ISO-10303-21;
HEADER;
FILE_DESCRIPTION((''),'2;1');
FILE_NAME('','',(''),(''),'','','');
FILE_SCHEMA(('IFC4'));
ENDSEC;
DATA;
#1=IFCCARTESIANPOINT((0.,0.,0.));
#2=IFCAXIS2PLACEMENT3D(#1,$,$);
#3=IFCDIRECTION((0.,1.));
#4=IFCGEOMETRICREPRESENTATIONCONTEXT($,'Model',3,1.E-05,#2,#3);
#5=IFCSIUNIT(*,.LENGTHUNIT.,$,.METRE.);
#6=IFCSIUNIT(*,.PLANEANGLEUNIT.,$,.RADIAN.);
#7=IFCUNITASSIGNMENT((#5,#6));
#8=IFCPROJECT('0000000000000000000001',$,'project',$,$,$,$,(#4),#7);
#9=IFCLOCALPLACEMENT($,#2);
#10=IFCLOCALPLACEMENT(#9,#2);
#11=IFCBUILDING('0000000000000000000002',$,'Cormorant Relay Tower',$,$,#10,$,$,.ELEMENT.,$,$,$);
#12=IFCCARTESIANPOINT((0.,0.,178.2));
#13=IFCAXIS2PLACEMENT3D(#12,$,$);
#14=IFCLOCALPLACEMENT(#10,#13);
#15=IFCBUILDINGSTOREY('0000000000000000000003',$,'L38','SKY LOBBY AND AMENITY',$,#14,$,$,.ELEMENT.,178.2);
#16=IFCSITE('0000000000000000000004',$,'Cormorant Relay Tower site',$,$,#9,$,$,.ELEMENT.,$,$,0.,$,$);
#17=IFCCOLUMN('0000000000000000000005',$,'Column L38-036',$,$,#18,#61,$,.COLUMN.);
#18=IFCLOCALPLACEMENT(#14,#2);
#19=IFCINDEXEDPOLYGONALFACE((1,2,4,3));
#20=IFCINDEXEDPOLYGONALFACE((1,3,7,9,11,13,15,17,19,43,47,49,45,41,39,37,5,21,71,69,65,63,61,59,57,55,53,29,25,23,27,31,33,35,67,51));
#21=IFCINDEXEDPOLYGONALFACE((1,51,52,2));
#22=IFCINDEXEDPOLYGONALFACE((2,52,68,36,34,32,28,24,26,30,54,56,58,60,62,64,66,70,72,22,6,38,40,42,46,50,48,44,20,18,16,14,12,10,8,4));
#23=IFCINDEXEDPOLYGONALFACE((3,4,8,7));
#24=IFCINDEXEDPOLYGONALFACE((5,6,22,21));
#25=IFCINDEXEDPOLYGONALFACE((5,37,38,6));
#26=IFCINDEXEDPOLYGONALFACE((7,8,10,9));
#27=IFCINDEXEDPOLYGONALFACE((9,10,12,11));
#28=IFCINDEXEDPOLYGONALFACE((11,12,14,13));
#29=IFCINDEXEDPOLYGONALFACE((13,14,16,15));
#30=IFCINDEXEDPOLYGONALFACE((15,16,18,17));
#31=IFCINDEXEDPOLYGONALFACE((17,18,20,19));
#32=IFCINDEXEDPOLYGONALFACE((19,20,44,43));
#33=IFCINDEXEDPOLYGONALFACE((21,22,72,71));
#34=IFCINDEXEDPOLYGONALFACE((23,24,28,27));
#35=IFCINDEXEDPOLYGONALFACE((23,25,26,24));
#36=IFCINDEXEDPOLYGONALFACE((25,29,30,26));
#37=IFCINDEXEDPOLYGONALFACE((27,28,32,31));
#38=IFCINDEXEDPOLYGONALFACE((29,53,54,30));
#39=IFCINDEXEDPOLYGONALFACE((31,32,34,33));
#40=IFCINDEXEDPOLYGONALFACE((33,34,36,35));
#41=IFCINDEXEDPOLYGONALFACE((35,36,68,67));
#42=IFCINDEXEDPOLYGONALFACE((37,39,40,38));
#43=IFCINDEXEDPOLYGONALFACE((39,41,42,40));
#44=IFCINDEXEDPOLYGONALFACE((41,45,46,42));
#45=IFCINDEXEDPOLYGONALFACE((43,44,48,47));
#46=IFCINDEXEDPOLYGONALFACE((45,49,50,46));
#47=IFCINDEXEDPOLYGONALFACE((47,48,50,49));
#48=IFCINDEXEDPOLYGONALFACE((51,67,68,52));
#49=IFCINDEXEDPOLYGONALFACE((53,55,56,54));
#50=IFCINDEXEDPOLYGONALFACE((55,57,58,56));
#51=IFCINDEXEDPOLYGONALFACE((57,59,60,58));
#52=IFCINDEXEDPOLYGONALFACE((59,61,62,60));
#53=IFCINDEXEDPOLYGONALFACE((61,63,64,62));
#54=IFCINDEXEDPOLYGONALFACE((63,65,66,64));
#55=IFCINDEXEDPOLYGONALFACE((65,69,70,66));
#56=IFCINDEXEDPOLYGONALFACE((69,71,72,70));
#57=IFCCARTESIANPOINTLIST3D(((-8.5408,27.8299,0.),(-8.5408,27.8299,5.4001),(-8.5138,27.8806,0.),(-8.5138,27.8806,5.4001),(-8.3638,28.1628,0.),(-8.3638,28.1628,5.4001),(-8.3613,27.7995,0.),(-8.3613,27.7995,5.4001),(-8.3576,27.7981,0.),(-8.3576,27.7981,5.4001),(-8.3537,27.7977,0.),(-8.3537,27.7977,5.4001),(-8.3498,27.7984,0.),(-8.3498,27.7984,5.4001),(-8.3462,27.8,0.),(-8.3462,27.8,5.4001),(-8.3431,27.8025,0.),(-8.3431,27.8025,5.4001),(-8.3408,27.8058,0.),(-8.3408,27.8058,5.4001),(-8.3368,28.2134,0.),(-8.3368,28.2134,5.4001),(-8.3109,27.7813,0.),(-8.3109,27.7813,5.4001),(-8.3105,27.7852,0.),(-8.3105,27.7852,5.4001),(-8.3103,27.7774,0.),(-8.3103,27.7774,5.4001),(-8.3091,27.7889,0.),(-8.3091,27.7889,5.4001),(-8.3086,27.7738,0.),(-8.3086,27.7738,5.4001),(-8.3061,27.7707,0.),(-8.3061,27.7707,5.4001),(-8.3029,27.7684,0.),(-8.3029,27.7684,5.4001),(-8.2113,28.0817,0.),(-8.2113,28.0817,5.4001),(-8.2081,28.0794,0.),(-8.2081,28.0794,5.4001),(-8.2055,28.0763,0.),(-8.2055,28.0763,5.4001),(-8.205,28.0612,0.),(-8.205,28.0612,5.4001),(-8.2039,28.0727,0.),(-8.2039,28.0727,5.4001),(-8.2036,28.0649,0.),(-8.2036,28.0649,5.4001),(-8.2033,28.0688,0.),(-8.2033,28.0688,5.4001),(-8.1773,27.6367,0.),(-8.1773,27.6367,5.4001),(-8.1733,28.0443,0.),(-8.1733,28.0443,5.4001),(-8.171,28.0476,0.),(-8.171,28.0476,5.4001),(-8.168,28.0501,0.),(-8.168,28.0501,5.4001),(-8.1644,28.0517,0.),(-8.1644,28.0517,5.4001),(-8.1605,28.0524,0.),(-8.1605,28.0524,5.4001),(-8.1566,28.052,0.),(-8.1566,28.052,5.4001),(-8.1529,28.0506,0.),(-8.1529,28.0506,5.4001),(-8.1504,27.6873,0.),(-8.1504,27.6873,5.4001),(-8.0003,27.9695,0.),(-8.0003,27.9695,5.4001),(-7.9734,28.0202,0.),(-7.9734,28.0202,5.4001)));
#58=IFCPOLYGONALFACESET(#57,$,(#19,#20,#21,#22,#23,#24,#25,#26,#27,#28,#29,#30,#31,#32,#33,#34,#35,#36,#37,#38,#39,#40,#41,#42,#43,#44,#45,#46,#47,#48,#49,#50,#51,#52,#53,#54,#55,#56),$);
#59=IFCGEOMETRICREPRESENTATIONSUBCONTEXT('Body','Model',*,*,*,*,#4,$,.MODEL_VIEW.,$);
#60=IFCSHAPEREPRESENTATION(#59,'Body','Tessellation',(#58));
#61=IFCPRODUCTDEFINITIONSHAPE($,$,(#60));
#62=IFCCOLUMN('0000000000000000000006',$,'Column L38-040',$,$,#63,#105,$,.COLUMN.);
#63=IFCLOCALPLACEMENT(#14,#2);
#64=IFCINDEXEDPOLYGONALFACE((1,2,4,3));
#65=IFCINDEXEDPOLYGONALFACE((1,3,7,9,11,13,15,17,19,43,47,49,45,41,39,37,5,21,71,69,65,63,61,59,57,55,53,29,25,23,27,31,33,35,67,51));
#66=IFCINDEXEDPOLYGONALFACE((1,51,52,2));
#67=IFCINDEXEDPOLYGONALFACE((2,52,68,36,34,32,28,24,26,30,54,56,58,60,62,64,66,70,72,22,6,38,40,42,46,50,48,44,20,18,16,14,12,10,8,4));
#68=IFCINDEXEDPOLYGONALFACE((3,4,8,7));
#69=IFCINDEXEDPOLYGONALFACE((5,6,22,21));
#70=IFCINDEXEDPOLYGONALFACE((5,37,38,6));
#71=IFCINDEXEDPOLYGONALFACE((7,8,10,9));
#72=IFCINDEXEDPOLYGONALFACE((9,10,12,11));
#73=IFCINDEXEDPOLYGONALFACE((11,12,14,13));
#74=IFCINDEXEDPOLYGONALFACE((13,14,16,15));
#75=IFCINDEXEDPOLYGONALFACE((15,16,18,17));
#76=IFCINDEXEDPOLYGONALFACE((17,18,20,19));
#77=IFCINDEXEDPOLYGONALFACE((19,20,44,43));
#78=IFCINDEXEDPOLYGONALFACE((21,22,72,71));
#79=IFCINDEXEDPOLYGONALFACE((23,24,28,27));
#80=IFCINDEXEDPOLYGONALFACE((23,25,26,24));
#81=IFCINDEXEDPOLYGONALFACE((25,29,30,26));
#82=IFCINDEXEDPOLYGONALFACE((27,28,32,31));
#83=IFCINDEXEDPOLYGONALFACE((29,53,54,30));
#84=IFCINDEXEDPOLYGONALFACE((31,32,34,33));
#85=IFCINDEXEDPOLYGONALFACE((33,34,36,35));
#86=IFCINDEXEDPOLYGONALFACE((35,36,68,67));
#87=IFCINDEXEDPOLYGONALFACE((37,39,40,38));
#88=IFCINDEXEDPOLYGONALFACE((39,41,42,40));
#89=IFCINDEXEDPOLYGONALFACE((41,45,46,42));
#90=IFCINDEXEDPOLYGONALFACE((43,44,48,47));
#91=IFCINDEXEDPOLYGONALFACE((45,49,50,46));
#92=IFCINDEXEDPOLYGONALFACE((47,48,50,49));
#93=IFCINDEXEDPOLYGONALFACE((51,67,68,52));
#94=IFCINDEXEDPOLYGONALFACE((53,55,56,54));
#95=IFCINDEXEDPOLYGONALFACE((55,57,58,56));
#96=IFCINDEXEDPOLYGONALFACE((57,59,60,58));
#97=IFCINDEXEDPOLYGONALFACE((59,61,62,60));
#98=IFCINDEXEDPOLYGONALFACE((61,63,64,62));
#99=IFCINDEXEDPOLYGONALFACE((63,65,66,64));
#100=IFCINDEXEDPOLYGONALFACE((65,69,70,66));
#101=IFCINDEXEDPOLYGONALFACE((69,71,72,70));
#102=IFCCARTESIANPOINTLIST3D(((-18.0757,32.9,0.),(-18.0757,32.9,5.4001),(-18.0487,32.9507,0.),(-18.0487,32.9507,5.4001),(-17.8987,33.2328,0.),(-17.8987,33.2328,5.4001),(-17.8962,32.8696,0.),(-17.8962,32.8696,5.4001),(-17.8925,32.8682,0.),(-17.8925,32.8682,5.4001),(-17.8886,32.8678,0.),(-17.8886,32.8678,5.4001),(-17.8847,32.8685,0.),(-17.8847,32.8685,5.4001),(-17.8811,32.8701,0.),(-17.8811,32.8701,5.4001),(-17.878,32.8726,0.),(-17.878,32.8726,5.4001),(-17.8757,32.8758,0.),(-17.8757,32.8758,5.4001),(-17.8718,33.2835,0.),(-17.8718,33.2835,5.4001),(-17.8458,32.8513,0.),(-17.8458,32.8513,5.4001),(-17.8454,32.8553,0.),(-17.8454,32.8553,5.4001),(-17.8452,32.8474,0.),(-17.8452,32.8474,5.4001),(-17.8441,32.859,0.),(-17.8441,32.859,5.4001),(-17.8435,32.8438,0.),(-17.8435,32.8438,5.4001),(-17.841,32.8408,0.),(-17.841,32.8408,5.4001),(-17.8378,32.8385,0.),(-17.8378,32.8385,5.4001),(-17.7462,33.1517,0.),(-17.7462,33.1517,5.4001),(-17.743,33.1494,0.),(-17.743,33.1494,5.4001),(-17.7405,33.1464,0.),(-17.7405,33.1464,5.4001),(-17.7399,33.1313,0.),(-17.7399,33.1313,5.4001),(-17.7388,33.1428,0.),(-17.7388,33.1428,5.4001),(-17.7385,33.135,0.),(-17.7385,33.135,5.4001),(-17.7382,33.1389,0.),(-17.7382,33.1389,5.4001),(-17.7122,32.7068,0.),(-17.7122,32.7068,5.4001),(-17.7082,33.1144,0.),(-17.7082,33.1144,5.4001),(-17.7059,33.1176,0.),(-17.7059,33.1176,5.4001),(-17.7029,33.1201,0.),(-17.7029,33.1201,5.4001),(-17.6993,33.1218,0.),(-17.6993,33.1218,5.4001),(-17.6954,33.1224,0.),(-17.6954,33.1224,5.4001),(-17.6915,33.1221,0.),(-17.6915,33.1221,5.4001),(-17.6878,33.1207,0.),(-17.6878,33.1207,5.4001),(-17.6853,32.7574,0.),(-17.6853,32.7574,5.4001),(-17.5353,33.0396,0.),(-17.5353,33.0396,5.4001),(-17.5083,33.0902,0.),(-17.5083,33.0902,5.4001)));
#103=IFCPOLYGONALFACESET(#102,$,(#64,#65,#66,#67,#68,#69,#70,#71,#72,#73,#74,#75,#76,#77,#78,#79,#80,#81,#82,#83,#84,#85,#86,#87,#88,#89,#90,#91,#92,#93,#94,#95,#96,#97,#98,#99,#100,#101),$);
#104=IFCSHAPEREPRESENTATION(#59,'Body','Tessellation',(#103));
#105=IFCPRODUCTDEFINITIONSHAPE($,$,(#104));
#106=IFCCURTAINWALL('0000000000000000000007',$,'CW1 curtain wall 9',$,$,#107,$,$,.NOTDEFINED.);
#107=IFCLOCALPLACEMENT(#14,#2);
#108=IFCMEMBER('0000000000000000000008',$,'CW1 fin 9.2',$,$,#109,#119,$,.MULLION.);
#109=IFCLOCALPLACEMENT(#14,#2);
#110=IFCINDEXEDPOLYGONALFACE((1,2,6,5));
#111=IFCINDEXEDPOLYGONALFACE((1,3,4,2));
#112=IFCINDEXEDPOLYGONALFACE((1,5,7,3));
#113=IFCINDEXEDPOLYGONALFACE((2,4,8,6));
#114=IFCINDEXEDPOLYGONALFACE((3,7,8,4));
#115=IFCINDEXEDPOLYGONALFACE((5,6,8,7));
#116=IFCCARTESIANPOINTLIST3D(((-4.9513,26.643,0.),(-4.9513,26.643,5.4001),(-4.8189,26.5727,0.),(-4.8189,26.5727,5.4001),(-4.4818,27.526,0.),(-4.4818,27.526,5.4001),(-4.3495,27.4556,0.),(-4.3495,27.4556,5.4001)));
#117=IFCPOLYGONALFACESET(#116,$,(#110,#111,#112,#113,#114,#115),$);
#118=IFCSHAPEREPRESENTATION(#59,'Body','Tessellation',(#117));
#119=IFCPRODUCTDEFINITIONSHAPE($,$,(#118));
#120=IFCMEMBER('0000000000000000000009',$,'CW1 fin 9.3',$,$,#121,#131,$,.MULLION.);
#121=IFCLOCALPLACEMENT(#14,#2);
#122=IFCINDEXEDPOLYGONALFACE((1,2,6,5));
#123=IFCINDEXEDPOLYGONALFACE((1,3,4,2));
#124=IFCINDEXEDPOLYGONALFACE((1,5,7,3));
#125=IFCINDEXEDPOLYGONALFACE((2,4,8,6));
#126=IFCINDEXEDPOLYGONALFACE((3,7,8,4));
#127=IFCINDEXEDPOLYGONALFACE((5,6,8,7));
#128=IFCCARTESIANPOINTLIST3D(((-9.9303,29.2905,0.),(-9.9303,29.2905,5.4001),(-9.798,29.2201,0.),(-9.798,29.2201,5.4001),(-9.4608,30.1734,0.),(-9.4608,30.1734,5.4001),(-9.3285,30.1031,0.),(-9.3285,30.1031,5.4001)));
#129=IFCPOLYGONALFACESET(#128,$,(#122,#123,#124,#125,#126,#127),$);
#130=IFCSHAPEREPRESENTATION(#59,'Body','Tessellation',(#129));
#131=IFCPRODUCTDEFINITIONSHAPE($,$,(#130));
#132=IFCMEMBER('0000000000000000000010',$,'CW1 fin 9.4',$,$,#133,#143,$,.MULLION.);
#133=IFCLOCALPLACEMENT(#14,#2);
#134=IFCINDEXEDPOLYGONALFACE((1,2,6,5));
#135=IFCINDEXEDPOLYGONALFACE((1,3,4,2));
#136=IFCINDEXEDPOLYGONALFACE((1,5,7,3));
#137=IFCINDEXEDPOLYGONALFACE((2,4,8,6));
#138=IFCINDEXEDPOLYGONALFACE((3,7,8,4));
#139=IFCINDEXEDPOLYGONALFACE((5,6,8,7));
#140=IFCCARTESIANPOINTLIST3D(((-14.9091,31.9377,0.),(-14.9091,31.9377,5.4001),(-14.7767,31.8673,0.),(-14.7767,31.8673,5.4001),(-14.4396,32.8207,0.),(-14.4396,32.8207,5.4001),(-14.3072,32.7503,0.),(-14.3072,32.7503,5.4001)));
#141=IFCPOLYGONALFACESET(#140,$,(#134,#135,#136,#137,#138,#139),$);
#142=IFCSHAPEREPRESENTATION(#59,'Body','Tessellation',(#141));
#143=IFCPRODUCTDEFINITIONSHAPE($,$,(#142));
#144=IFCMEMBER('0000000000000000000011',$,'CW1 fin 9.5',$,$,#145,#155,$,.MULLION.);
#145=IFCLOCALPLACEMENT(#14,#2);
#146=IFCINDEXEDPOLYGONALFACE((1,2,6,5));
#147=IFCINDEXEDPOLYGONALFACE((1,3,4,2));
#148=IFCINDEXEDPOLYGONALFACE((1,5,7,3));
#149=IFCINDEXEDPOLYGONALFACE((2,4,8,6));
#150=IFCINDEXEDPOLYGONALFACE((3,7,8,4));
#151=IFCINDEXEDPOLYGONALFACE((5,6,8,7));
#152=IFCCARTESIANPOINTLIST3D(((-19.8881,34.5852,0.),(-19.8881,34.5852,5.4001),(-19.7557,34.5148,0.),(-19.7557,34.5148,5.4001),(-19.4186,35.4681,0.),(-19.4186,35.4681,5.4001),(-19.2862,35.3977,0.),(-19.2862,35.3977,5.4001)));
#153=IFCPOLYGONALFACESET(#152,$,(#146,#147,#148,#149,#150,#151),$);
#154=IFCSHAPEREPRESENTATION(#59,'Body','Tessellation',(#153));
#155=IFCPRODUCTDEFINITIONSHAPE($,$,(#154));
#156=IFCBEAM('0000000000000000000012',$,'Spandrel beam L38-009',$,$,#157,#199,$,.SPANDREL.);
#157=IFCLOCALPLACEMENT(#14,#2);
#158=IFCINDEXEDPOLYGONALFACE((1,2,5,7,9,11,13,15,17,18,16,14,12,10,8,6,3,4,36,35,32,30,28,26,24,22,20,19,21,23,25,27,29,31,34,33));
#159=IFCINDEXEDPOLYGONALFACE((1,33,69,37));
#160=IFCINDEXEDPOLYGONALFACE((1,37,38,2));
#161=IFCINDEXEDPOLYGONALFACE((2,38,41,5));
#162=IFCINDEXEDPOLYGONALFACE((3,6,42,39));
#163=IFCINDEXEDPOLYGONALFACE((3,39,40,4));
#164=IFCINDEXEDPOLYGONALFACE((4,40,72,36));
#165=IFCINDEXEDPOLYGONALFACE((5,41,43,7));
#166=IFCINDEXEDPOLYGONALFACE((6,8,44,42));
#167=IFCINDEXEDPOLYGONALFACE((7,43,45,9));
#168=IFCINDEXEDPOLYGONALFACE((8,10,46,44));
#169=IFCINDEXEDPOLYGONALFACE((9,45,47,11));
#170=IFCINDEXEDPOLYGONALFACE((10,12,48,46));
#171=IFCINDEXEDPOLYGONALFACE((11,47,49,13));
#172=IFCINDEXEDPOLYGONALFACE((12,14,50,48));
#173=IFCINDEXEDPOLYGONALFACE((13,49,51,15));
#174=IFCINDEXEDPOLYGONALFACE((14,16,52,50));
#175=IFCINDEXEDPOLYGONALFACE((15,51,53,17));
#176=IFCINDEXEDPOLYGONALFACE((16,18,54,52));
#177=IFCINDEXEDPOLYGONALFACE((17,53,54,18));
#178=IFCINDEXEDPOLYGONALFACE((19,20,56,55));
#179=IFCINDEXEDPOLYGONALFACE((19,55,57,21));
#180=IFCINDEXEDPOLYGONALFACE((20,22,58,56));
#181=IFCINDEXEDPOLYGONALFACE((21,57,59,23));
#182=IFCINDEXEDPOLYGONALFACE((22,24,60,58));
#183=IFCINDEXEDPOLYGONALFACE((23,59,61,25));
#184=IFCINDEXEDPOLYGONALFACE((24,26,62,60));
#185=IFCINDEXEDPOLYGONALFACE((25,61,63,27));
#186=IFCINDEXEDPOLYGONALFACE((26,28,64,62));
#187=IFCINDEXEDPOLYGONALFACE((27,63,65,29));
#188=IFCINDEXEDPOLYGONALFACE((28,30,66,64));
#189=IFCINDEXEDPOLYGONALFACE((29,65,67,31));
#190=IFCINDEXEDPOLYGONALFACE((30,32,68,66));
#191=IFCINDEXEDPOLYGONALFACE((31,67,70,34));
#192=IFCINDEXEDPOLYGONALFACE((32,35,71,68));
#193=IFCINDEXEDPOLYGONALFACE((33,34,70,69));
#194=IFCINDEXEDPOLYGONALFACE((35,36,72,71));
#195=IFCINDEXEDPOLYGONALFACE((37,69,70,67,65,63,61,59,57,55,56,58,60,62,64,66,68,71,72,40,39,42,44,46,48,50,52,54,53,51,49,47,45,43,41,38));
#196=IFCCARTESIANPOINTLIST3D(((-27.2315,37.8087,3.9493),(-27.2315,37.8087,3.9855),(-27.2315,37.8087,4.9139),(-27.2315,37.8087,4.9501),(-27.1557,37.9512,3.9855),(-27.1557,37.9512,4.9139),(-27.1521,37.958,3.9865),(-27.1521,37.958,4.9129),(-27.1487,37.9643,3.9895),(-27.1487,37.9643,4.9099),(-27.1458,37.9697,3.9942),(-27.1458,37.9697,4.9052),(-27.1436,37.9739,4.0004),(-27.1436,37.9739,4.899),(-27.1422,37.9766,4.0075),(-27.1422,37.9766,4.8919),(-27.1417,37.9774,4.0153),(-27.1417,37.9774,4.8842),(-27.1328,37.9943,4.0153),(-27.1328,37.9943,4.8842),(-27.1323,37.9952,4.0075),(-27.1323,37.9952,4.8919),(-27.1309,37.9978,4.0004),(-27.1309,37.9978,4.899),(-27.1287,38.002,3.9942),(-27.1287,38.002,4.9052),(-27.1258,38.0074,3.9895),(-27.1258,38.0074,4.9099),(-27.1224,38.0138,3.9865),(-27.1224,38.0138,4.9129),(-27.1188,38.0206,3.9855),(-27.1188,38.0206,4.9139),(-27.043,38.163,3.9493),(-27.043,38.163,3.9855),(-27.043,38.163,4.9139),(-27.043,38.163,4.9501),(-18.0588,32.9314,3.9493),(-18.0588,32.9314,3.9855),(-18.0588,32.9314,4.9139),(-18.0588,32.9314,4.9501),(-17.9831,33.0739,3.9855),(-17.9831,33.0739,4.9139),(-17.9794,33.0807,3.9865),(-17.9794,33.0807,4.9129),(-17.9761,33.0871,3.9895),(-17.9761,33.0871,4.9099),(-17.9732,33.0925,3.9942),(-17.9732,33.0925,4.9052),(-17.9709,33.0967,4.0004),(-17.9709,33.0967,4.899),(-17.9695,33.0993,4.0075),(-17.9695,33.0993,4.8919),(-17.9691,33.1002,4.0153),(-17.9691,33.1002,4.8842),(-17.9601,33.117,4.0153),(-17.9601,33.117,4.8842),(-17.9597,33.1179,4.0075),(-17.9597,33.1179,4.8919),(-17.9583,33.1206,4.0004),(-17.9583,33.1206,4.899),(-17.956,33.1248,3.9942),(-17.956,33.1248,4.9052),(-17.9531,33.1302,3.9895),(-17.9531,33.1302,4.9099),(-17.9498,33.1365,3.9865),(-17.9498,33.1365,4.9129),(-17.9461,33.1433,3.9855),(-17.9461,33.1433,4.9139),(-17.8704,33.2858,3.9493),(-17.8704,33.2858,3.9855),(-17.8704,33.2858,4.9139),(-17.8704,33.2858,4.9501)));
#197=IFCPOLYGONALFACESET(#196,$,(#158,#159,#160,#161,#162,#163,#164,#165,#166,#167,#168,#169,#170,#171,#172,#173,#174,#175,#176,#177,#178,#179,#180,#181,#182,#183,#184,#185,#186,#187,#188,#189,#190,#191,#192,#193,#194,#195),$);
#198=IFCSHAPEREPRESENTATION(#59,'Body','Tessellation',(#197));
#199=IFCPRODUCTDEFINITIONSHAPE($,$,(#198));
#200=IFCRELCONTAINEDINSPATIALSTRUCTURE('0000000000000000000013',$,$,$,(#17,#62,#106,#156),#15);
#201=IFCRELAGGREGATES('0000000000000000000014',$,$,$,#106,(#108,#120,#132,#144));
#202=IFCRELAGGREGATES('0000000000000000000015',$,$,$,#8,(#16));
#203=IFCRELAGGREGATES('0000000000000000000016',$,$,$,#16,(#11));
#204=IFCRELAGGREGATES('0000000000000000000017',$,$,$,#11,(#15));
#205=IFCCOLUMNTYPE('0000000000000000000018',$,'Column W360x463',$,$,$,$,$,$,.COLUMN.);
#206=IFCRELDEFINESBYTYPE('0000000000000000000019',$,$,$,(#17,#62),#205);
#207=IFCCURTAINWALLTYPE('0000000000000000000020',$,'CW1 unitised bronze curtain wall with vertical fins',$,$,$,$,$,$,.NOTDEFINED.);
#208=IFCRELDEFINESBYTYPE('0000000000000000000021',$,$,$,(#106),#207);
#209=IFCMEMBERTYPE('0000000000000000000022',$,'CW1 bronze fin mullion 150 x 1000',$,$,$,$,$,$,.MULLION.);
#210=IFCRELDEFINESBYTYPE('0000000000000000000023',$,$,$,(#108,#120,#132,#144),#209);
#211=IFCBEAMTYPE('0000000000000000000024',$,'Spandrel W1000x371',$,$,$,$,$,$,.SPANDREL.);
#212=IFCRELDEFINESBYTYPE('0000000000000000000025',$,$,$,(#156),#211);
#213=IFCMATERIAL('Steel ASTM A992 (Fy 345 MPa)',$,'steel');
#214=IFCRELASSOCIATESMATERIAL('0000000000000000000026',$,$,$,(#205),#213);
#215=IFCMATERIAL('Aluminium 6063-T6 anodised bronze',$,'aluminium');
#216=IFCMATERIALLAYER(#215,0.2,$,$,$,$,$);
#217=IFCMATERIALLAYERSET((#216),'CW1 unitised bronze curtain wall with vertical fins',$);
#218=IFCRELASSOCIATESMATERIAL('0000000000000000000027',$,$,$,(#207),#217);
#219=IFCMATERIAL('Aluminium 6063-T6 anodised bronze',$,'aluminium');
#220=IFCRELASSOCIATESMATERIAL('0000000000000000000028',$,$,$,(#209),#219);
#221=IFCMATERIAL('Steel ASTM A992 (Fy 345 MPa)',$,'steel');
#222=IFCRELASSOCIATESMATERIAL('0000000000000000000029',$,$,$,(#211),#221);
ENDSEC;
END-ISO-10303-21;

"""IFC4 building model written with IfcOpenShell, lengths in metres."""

from ifc_helpers import new_model, si_unit, direction, frame, origin, origin_2d, place, context, subcontext, project, spatial, rectangle, i_section, extrude, material, layer, layer_set, material_profile, profile_set, type_object, element, aggregate, save


model = new_model("IFC4")

# Units and contexts
model_context = context("Model", 3, precision=1e-05, world=origin(), true_north=direction((0.0, 1.0)))
body_context = subcontext(model_context, "Body", "Model", "MODEL_VIEW")
ifc_project = project(units=[si_unit("LENGTHUNIT", "METRE"), si_unit("PLANEANGLEUNIT", "RADIAN")], contexts=[model_context])

# Site, building, storey
site_placement = place(None, origin())
site = spatial("IfcSite", under=ifc_project, at=site_placement, Name="Cormorant Relay Tower site", CompositionType="ELEMENT", RefElevation=0.0)
building_placement = place(site_placement, origin())
building = spatial("IfcBuilding", under=site, at=building_placement, Name="Cormorant Relay Tower", CompositionType="ELEMENT")
storey_placement = place(building_placement, frame((0.0, 0.0, 178.2)))
storey = spatial("IfcBuildingStorey", under=building, at=storey_placement, Name="L38", Description="SKY LOBBY AND AMENITY", CompositionType="ELEMENT", Elevation=178.2)

# Columns
ifc_material_1 = material(Name="Steel ASTM A992 (Fy 345 MPa)", Category="steel")
ifc_material_profile_1 = material_profile(ifc_material_1, i_section(OverallWidth=0.4116, OverallDepth=0.4343, WebThickness=0.0359, FlangeThickness=0.0574, FilletRadius=0.0151, at=origin_2d()), Name="W360x463")
ifc_profile_set_1 = profile_set([ifc_material_profile_1], Name="Steel ASTM A992 (Fy 345 MPa)")
column_type = type_object("IfcColumnType", Name="Column W360x463", PredefinedType="COLUMN", material=ifc_profile_set_1)
for number, where, z_axis, x_axis, name in (
    (1, (-8.2571, 27.925, 0.0), (0.0, 0.0, 1.0), (-0.882948, 0.469472, 0.0), "Column L38-036"),
    (2, (-17.792, 32.9951, 0.0), (0.0, 0.0, 1.0), (-0.882948, 0.469472, 0.0), "Column L38-040"),
):
    element("IfcColumn", number, at=place(storey_placement, frame(where, z_axis=z_axis, x_axis=x_axis)), inside=storey, type_object=column_type, Name=name, PredefinedType="COLUMN", context=body_context, shape_type="SweptSolid", body=[
        extrude(i_section(OverallWidth=0.4116, OverallDepth=0.4343, WebThickness=0.0359, FlangeThickness=0.0574, FilletRadius=0.0151, at=origin_2d()), origin(), (0.0, 0.0, 1.0), 5.4001),
    ])

# Curtain wall, members
ifc_material_2 = material(Name="Aluminium 6063-T6 anodised bronze", Category="aluminium")
ifc_layer_1 = layer(ifc_material_2, 0.2)
ifc_layer_set_1 = layer_set([ifc_layer_1], Name="CW1 unitised bronze curtain wall with vertical fins")
curtain_wall_type = type_object("IfcCurtainWallType", Name="CW1 unitised bronze curtain wall with vertical fins", PredefinedType="NOTDEFINED", material=ifc_layer_set_1)
curtain_wall_placement = place(storey_placement, origin())
curtain_wall = element("IfcCurtainWall", 3, at=curtain_wall_placement, inside=storey, type_object=curtain_wall_type, Name="CW1 curtain wall 9", PredefinedType="NOTDEFINED")
ifc_material_3 = material(Name="Aluminium 6063-T6 anodised bronze", Category="aluminium")
ifc_material_profile_2 = material_profile(ifc_material_3, rectangle(XDim=0.1499, YDim=1.0, at=origin_2d()), Name="AL 150x1000")
ifc_profile_set_2 = profile_set([ifc_material_profile_2], Name="Aluminium 6063-T6 anodised bronze")
member_type = type_object("IfcMemberType", Name="CW1 bronze fin mullion 150 x 1000", PredefinedType="MULLION", material=ifc_profile_set_2)
member_1_placement = place(storey_placement, frame((-4.6504, 27.0493, 0.0), z_axis=(0.0, 0.0, 1.0), x_axis=(-0.882948, 0.469472, 0.0)))
member_1 = element("IfcMember", 4, at=member_1_placement, type_object=member_type, Name="CW1 fin 9.2", PredefinedType="MULLION", context=body_context, shape_type="SweptSolid", body=[
    extrude(rectangle(XDim=0.1499, YDim=1.0, at=origin_2d()), origin(), (0.0, 0.0, 1.0), 5.4001),
])
member_2_placement = place(storey_placement, frame((-9.6294, 29.6968, 0.0), z_axis=(0.0, 0.0, 1.0), x_axis=(-0.882948, 0.469472, 0.0)))
member_2 = element("IfcMember", 5, at=member_2_placement, type_object=member_type, Name="CW1 fin 9.3", PredefinedType="MULLION", context=body_context, shape_type="SweptSolid", body=[
    extrude(rectangle(XDim=0.1499, YDim=1.0, at=origin_2d()), origin(), (0.0, 0.0, 1.0), 5.4001),
])
member_3_placement = place(storey_placement, frame((-14.6082, 32.344, 0.0), z_axis=(0.0, 0.0, 1.0), x_axis=(-0.882948, 0.469472, 0.0)))
member_3 = element("IfcMember", 6, at=member_3_placement, type_object=member_type, Name="CW1 fin 9.4", PredefinedType="MULLION", context=body_context, shape_type="SweptSolid", body=[
    extrude(rectangle(XDim=0.1499, YDim=1.0, at=origin_2d()), origin(), (0.0, 0.0, 1.0), 5.4001),
])
member_4_placement = place(storey_placement, frame((-19.5872, 34.9915, 0.0), z_axis=(0.0, 0.0, 1.0), x_axis=(-0.882948, 0.469472, 0.0)))
member_4 = element("IfcMember", 7, at=member_4_placement, type_object=member_type, Name="CW1 fin 9.5", PredefinedType="MULLION", context=body_context, shape_type="SweptSolid", body=[
    extrude(rectangle(XDim=0.1499, YDim=1.0, at=origin_2d()), origin(), (0.0, 0.0, 1.0), 5.4001),
])

# Beam
ifc_material_4 = material(Name="Steel ASTM A992 (Fy 345 MPa)", Category="steel")
ifc_material_profile_3 = material_profile(ifc_material_4, i_section(OverallWidth=0.4014, OverallDepth=1.0007, WebThickness=0.019, FlangeThickness=0.0361, FilletRadius=0.0298, at=origin_2d()), Name="W1000x371")
ifc_profile_set_3 = profile_set([ifc_material_profile_3], Name="Steel ASTM A992 (Fy 345 MPa)")
beam_type_1 = type_object("IfcBeamType", Name="Spandrel W1000x371", PredefinedType="SPANDREL", material=ifc_profile_set_3)
beam_1_placement = place(storey_placement, frame((-17.9646, 33.1086, 4.4497), z_axis=(-0.882946, 0.469474, 0.0), x_axis=(-0.469474, -0.882946, 0.0)))
element("IfcBeam", 8, at=beam_1_placement, inside=storey, type_object=beam_type_1, Name="Spandrel beam L38-009", PredefinedType="SPANDREL", context=body_context, shape_type="SweptSolid", body=[
    extrude(i_section(OverallWidth=0.4014, OverallDepth=1.0007, WebThickness=0.019, FlangeThickness=0.0361, FilletRadius=0.0298, at=origin_2d()), origin(), (0.0, 0.0, 1.0), 10.3887),
])

aggregate(curtain_wall, [member_1, member_2, member_3, member_4])

save(model, "model.ifc")
